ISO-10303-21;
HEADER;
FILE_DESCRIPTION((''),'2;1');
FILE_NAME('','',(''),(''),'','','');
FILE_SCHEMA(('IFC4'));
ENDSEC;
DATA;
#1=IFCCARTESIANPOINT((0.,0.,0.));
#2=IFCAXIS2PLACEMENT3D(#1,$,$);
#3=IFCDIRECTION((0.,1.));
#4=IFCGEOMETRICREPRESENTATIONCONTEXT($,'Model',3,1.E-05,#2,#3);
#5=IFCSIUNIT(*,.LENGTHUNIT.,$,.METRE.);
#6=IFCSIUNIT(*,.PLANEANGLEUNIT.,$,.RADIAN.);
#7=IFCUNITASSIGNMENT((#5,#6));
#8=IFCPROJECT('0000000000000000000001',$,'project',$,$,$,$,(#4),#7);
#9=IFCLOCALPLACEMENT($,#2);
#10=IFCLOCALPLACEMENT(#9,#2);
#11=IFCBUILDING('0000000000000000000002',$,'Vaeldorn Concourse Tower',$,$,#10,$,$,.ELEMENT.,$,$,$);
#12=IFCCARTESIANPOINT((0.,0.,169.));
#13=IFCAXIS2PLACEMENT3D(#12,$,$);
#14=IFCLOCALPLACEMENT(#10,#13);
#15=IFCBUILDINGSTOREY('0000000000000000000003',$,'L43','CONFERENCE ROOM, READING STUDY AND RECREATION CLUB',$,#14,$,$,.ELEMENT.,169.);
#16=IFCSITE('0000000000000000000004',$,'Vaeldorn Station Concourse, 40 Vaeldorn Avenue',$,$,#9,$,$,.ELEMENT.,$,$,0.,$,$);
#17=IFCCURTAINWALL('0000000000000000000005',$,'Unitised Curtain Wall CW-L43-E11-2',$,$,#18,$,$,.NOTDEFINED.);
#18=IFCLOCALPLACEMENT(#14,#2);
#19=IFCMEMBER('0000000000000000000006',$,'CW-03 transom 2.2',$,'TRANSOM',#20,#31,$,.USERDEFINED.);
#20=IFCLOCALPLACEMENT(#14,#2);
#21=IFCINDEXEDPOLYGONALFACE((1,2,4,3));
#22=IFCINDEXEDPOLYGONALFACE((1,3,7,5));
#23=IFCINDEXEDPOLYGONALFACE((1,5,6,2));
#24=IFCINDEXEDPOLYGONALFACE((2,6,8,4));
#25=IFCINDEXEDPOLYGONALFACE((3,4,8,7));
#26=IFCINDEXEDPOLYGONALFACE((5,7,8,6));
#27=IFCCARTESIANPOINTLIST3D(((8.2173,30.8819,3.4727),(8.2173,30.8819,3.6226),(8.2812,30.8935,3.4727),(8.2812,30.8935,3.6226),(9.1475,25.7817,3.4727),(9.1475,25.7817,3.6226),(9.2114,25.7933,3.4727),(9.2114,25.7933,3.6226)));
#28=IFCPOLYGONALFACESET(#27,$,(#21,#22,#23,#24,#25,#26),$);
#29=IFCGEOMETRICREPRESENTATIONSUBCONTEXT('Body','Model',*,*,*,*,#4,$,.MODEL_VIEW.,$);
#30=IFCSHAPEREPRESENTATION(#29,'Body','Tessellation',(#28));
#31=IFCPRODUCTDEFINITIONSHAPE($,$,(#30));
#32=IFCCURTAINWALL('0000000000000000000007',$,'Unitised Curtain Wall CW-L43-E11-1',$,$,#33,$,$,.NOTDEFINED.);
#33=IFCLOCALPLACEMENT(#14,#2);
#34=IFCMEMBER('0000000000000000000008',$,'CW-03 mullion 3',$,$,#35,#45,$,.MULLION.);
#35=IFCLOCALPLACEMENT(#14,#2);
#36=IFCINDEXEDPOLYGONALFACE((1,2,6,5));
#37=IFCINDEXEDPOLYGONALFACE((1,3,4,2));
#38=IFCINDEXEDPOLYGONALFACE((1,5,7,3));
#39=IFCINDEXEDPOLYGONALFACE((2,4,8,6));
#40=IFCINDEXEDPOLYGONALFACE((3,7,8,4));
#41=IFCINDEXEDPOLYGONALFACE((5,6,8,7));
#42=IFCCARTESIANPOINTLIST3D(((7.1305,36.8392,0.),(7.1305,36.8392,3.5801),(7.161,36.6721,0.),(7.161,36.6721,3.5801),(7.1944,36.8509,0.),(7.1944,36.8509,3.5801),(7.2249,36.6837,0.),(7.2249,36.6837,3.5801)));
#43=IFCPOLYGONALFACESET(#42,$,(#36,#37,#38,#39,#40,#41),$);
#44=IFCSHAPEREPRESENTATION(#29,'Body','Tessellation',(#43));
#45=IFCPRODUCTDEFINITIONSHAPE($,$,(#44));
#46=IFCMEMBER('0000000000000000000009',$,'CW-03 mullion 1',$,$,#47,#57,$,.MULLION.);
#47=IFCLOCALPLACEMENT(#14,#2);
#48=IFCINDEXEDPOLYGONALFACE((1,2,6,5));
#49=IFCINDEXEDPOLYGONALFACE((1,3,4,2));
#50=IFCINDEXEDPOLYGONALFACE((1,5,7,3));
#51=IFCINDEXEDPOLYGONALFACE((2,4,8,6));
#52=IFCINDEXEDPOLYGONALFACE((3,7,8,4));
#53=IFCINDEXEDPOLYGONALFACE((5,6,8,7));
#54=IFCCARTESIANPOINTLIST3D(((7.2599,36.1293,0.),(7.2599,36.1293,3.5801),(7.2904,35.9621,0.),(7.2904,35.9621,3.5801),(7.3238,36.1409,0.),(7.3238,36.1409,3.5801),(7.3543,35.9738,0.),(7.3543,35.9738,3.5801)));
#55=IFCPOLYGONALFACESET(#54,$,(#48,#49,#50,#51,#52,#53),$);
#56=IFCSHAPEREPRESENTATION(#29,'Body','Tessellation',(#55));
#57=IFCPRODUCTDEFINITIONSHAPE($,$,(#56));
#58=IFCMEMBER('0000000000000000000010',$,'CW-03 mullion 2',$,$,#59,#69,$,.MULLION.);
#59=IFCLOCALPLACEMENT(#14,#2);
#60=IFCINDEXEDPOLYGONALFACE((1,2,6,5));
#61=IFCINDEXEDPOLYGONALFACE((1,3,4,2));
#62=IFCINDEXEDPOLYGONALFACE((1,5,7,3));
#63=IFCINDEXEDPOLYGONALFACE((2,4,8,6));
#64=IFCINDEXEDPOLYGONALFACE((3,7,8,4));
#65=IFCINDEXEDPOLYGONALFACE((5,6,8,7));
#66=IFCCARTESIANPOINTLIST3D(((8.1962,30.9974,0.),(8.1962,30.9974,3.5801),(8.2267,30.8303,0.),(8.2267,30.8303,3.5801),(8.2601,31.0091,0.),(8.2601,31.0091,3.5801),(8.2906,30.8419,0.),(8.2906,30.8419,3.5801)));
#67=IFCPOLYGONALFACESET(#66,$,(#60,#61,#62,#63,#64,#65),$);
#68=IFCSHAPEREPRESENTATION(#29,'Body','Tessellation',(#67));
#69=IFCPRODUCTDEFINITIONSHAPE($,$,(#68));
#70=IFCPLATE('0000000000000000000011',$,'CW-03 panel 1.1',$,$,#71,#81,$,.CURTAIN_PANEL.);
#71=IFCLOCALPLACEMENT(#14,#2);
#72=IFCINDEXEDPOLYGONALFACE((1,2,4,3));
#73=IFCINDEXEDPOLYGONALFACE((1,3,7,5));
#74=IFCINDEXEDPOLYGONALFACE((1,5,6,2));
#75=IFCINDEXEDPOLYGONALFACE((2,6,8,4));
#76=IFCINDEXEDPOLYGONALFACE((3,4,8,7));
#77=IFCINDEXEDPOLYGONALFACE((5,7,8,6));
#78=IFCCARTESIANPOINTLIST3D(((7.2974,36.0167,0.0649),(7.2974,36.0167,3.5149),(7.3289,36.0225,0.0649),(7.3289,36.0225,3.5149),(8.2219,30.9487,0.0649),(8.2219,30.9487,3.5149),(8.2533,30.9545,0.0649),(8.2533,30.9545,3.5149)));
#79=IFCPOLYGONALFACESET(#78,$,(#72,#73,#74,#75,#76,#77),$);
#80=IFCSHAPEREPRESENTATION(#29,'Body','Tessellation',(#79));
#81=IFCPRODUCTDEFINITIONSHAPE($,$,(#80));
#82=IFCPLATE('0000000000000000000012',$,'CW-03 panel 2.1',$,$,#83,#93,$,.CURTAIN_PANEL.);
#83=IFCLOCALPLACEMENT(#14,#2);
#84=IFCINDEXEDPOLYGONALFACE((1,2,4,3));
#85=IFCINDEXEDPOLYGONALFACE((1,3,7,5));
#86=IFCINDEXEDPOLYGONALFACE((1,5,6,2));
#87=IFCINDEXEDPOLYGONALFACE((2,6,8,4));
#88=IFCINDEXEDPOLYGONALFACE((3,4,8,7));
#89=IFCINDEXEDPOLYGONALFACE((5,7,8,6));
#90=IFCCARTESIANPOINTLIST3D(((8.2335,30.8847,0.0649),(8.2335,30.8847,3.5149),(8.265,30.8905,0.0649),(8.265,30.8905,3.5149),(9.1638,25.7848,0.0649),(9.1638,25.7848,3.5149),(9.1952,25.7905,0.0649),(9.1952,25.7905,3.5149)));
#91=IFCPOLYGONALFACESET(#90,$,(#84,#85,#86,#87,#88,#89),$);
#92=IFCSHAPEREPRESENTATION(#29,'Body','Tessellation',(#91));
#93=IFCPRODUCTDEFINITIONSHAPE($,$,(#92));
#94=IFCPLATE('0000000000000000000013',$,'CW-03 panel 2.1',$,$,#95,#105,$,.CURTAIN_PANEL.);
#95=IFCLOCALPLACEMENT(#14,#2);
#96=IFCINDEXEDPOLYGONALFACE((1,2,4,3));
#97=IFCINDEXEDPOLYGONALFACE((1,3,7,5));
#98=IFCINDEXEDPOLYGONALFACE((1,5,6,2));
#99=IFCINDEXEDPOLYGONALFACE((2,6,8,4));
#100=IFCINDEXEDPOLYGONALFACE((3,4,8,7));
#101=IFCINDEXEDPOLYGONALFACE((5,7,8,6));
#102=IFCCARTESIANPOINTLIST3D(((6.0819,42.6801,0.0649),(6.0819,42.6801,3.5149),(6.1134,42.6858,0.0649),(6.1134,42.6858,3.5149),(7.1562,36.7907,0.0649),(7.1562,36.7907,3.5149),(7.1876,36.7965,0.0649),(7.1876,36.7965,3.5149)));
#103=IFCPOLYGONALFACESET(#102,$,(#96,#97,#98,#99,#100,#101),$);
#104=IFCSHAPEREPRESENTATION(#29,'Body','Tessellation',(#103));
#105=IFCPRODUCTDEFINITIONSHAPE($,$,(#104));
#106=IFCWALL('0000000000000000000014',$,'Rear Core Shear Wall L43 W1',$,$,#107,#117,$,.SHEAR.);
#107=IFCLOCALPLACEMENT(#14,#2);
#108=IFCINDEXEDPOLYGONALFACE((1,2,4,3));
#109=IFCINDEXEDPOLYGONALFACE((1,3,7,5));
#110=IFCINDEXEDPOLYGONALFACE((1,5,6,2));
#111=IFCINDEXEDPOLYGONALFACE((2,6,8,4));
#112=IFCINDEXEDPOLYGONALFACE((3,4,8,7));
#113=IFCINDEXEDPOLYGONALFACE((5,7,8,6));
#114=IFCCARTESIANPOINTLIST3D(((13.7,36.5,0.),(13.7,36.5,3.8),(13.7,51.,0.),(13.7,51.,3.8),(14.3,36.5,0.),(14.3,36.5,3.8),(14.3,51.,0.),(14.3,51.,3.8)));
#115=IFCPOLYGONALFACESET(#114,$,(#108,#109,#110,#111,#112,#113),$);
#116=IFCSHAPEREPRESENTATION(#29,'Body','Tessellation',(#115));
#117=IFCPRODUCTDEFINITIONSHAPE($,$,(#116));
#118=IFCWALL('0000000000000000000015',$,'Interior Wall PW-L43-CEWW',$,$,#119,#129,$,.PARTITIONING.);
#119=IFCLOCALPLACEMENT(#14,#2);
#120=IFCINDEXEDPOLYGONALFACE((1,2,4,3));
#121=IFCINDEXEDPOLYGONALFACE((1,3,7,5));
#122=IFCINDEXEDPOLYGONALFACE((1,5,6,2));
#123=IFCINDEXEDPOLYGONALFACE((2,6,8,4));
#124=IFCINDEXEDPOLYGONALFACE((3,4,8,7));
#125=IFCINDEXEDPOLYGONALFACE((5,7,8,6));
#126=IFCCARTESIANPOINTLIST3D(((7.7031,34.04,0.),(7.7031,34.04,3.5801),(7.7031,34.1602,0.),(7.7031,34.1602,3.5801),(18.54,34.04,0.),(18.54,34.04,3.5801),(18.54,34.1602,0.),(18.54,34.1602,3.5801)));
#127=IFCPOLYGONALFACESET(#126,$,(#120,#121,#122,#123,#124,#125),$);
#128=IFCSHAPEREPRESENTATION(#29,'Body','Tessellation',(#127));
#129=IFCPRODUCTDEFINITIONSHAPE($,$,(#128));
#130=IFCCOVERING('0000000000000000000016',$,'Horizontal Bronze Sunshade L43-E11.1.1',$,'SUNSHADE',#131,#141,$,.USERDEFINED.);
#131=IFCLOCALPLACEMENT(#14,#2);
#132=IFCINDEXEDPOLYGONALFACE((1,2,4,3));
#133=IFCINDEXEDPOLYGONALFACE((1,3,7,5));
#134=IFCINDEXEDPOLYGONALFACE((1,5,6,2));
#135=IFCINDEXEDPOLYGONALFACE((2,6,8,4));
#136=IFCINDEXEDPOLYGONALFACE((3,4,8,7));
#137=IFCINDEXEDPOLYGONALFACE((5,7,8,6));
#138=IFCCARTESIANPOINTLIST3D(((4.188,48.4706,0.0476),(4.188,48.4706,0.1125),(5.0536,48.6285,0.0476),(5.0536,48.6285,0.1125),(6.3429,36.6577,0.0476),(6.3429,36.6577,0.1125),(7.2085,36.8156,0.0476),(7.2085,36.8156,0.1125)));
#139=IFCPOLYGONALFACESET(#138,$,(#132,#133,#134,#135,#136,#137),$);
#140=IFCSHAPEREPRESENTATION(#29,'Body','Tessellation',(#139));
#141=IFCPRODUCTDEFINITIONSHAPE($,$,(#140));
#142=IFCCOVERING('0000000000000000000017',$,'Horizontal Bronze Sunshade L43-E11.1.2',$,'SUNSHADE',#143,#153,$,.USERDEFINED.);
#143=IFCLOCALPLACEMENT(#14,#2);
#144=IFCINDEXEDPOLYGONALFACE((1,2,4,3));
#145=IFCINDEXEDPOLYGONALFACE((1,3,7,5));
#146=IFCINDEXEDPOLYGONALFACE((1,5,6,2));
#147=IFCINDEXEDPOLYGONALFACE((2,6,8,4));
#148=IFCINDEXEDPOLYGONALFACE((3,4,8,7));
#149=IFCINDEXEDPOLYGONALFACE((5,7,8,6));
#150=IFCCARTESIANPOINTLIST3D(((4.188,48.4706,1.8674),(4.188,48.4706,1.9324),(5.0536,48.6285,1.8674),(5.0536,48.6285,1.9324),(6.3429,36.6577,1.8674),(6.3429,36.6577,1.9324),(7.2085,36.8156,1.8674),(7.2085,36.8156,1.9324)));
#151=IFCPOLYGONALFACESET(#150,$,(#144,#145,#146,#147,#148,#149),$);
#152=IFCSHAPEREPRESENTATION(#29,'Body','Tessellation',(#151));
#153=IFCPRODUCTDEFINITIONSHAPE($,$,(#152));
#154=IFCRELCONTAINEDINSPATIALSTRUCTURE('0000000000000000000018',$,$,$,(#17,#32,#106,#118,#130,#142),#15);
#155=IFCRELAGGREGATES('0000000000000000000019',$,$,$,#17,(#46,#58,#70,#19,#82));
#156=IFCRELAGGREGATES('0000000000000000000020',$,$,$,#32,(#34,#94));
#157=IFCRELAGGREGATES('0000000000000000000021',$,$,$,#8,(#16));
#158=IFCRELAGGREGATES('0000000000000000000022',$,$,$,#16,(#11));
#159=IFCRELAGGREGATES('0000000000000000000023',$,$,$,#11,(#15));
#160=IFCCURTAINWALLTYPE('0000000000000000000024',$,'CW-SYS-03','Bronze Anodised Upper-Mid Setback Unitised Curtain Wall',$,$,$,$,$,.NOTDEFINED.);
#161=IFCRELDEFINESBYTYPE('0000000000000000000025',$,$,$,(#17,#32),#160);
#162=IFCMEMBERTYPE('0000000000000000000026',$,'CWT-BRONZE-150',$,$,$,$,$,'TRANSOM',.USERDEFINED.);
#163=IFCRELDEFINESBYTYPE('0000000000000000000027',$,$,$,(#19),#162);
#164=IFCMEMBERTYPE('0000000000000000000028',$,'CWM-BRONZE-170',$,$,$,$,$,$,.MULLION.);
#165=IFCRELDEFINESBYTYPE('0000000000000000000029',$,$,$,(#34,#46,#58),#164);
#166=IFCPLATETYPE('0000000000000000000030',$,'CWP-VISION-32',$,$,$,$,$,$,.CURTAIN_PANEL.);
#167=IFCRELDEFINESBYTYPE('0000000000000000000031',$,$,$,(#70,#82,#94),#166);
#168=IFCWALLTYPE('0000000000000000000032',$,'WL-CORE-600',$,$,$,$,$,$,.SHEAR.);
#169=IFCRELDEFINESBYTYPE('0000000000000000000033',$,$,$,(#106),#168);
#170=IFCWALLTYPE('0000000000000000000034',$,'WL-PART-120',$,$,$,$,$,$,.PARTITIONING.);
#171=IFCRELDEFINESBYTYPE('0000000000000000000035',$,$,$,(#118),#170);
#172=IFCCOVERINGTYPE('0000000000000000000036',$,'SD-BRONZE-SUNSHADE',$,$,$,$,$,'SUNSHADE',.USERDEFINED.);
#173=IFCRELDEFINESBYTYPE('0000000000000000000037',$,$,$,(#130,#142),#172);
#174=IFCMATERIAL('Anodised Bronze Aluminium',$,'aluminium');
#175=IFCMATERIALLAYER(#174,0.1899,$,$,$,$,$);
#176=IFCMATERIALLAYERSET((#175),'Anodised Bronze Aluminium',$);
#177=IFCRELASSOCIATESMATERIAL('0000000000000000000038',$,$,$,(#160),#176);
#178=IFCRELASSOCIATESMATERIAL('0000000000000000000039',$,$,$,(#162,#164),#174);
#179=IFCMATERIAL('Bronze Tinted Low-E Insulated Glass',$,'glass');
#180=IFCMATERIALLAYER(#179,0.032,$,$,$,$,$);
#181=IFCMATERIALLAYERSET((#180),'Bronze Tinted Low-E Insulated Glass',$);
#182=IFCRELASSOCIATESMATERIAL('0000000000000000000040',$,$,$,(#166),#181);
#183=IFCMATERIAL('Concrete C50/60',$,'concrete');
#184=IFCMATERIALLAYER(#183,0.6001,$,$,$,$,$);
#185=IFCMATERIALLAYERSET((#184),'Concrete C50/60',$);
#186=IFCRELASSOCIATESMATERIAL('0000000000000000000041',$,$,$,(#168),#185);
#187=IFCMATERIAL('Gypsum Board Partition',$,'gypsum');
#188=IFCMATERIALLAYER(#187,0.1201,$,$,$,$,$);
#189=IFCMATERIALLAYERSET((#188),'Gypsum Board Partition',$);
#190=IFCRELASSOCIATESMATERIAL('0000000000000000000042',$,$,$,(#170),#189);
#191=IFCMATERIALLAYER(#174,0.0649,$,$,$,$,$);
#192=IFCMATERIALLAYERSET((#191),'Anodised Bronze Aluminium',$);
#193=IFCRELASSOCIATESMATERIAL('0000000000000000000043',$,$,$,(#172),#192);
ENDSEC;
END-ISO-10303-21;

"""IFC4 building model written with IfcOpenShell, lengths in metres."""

from ifc_helpers import new_model, si_unit, direction, frame, frame_2d, origin, origin_2d, place, context, subcontext, project, spatial, rectangle, extrude, source, transform, mapped, material, layer, layer_set, material_profile, profile_set, type_object, element, aggregate, save


model = new_model("IFC4")

# Units and contexts
model_context = context("Model", 3, precision=1e-05, world=origin(), true_north=direction((0.0, 1.0)))
body_context = subcontext(model_context, "Body", "Model", "MODEL_VIEW")
ifc_project = project(units=[si_unit("LENGTHUNIT", "METRE"), si_unit("PLANEANGLEUNIT", "RADIAN")], contexts=[model_context])

# Site, building, storey
site_placement = place(None, origin())
site = spatial("IfcSite", under=ifc_project, at=site_placement, Name="Vaeldorn Station Concourse, 40 Vaeldorn Avenue", CompositionType="ELEMENT", RefElevation=0.0)
building_placement = place(site_placement, origin())
building = spatial("IfcBuilding", under=site, at=building_placement, Name="Vaeldorn Concourse Tower", CompositionType="ELEMENT")
storey_placement = place(building_placement, frame((0.0, 0.0, 169.0)))
storey = spatial("IfcBuildingStorey", under=building, at=storey_placement, Name="L43", Description="CONFERENCE ROOM, READING STUDY AND RECREATION CLUB", CompositionType="ELEMENT", Elevation=169.0)

# Shared definitions
ifc_material_1 = material(Name="Concrete C50/60", Category="concrete")

# Curtain wall, member
ifc_material_2 = material(Name="Anodised Bronze Aluminium", Category="aluminium")
ifc_layer_1 = layer(ifc_material_2, 0.1899)
ifc_layer_set_1 = layer_set([ifc_layer_1], Name="Anodised Bronze Aluminium")
curtain_wall_type = type_object("IfcCurtainWallType", Name="CW-SYS-03", Description="Bronze Anodised Upper-Mid Setback Unitised Curtain Wall", PredefinedType="NOTDEFINED", material=ifc_layer_set_1)
curtain_wall_1_placement = place(storey_placement, origin())
curtain_wall_1 = element("IfcCurtainWall", 1, at=curtain_wall_1_placement, inside=storey, type_object=curtain_wall_type, Name="Unitised Curtain Wall CW-L43-E11-2", PredefinedType="NOTDEFINED")
ifc_material_profile_1 = material_profile(ifc_material_2, rectangle(XDim=0.0649, YDim=0.1499, at=origin_2d()), Name="CWT 65x150")
ifc_profile_set_1 = profile_set([ifc_material_profile_1], Name="Anodised Bronze Aluminium")
member_type_1 = type_object("IfcMemberType", Name="CWT-BRONZE-150", ElementType="TRANSOM", PredefinedType="USERDEFINED", material=ifc_profile_set_1)
shared_shape_1 = source(origin(), body_context, "Body", "SweptSolid", [
    extrude(rectangle(XDim=0.0649, YDim=0.1499, at=origin_2d()), origin(), (0.0, 0.0, 1.0), 5.1843),
])
member_1_placement = place(storey_placement, frame((8.2493, 30.8877, 3.5476), z_axis=(0.179424, -0.983772, 0.0), x_axis=(0.983772, 0.179424, 0.0)))
member_1 = element("IfcMember", 2, at=member_1_placement, type_object=member_type_1, Name="CW-03 transom 2.2", ObjectType="TRANSOM", PredefinedType="USERDEFINED", context=body_context, shape_type="MappedRepresentation", body=[
    mapped(shared_shape_1, transform((0.0, 0.0, 0.0), scale=1.0)),
])

# Curtain wall, member
curtain_wall_2_placement = place(storey_placement, origin())
curtain_wall_2 = element("IfcCurtainWall", 3, at=curtain_wall_2_placement, inside=storey, type_object=curtain_wall_type, Name="Unitised Curtain Wall CW-L43-E11-1", PredefinedType="NOTDEFINED")
ifc_material_profile_2 = material_profile(ifc_material_2, rectangle(XDim=0.0649, YDim=0.1699, at=origin_2d()), Name="CWM 65x170")
ifc_profile_set_2 = profile_set([ifc_material_profile_2], Name="Anodised Bronze Aluminium")
member_type_2 = type_object("IfcMemberType", Name="CWM-BRONZE-170", PredefinedType="MULLION", material=ifc_profile_set_2)
shared_shape_2 = source(origin(), body_context, "Body", "SweptSolid", [
    extrude(rectangle(XDim=0.0649, YDim=0.1699, at=origin_2d()), origin(), (0.0, 0.0, 1.0), 3.5801),
])
member_2_placement = place(storey_placement, frame((7.1777, 36.7615, 0.0), z_axis=(0.0, 0.0, 1.0), x_axis=(0.983768, 0.179447, 0.0)))
member_2 = element("IfcMember", 4, at=member_2_placement, type_object=member_type_2, Name="CW-03 mullion 3", PredefinedType="MULLION", context=body_context, shape_type="MappedRepresentation", body=[
    mapped(shared_shape_2, transform((0.0, 0.0, 0.0), scale=1.0)),
])

# Members
member_3_placement = place(storey_placement, frame((7.3071, 36.0515, 0.0), z_axis=(0.0, 0.0, 1.0), x_axis=(0.983768, 0.179446, 0.0)))
member_3 = element("IfcMember", 5, at=member_3_placement, type_object=member_type_2, Name="CW-03 mullion 1", PredefinedType="MULLION", context=body_context, shape_type="MappedRepresentation", body=[
    mapped(shared_shape_2, transform((0.0, 0.0, 0.0), scale=1.0)),
])
member_4_placement = place(storey_placement, frame((8.2434, 30.9197, 0.0), z_axis=(0.0, 0.0, 1.0), x_axis=(0.983768, 0.179446, 0.0)))
member_4 = element("IfcMember", 6, at=member_4_placement, type_object=member_type_2, Name="CW-03 mullion 2", PredefinedType="MULLION", context=body_context, shape_type="MappedRepresentation", body=[
    mapped(shared_shape_2, transform((0.0, 0.0, 0.0), scale=1.0)),
])

# Plates
ifc_material_3 = material(Name="Bronze Tinted Low-E Insulated Glass", Category="glass")
ifc_layer_2 = layer(ifc_material_3, 0.032)
ifc_layer_set_2 = layer_set([ifc_layer_2], Name="Bronze Tinted Low-E Insulated Glass")
plate_type = type_object("IfcPlateType", Name="CWP-VISION-32", PredefinedType="CURTAIN_PANEL", material=ifc_layer_set_2)
shared_shape_3 = source(origin(), body_context, "Body", "SweptSolid", [
    extrude(rectangle(XDim=5.1516, YDim=0.032, at=origin_2d()), origin(), (0.0, 0.0, 1.0), 3.45),
])
plate_1_placement = place(storey_placement, frame((7.7754, 33.4856, 0.0649), z_axis=(0.0, 0.0, 1.0), x_axis=(0.179446, -0.983768, 0.0)))
plate_1 = element("IfcPlate", 7, at=plate_1_placement, type_object=plate_type, Name="CW-03 panel 1.1", PredefinedType="CURTAIN_PANEL", context=body_context, shape_type="MappedRepresentation", body=[
    mapped(shared_shape_3, transform((0.0, 0.0, 0.0), scale=1.0)),
])
shared_shape_4 = source(origin(), body_context, "Body", "SweptSolid", [
    extrude(rectangle(XDim=5.1841, YDim=0.032, at=origin_2d()), origin(), (0.0, 0.0, 1.0), 3.45),
])
plate_2_placement = place(storey_placement, frame((8.7144, 28.3376, 0.0649), z_axis=(0.0, 0.0, 1.0), x_axis=(0.179446, -0.983768, 0.0)))
plate_2 = element("IfcPlate", 8, at=plate_2_placement, type_object=plate_type, Name="CW-03 panel 2.1", PredefinedType="CURTAIN_PANEL", context=body_context, shape_type="MappedRepresentation", body=[
    mapped(shared_shape_4, transform((0.0, 0.0, 0.0), scale=1.0)),
])
aggregate(curtain_wall_1, [member_3, member_4, plate_1, member_1, plate_2])
shared_shape_5 = source(origin(), body_context, "Body", "SweptSolid", [
    extrude(rectangle(XDim=5.9866, YDim=0.032, at=origin_2d()), origin(), (0.0, 0.0, 1.0), 3.45),
])
plate_3_placement = place(storey_placement, frame((6.6348, 39.7383, 0.0649), z_axis=(0.0, 0.0, 1.0), x_axis=(0.179447, -0.983768, 0.0)))
plate_3 = element("IfcPlate", 9, at=plate_3_placement, type_object=plate_type, Name="CW-03 panel 2.1", PredefinedType="CURTAIN_PANEL", context=body_context, shape_type="MappedRepresentation", body=[
    mapped(shared_shape_5, transform((0.0, 0.0, 0.0), scale=1.0)),
])
aggregate(curtain_wall_2, [member_2, plate_3])

# Walls
ifc_layer_3 = layer(ifc_material_1, 0.6001)
ifc_layer_set_3 = layer_set([ifc_layer_3], Name="Concrete C50/60")
wall_type_1 = type_object("IfcWallType", Name="WL-CORE-600", PredefinedType="SHEAR", material=ifc_layer_set_3)
wall_1_placement = place(storey_placement, frame((14.0, 36.5, 0.0), z_axis=(0.0, 0.0, 1.0), x_axis=(0.0, 1.0, 0.0)))
element("IfcWall", 10, at=wall_1_placement, inside=storey, type_object=wall_type_1, Name="Rear Core Shear Wall L43 W1", PredefinedType="SHEAR", context=body_context, shape_type="SweptSolid", body=[
    extrude(rectangle(XDim=14.5, YDim=0.6001, at=frame_2d((7.25, 0.0))), origin(), (0.0, 0.0, 1.0), 3.8),
])
ifc_material_4 = material(Name="Gypsum Board Partition", Category="gypsum")
ifc_layer_4 = layer(ifc_material_4, 0.1201)
ifc_layer_set_4 = layer_set([ifc_layer_4], Name="Gypsum Board Partition")
wall_type_2 = type_object("IfcWallType", Name="WL-PART-120", PredefinedType="PARTITIONING", material=ifc_layer_set_4)
wall_2_placement = place(storey_placement, frame((7.7031, 34.1001, 0.0), z_axis=(0.0, 0.0, 1.0), x_axis=(1.0, 0.0, 0.0)))
element("IfcWall", 11, at=wall_2_placement, inside=storey, type_object=wall_type_2, Name="Interior Wall PW-L43-CEWW", PredefinedType="PARTITIONING", context=body_context, shape_type="SweptSolid", body=[
    extrude(rectangle(XDim=10.8369, YDim=0.1201, at=frame_2d((5.4185, 0.0))), origin(), (0.0, 0.0, 1.0), 3.5801),
])

# Coverings
ifc_layer_5 = layer(ifc_material_2, 0.0649)
ifc_layer_set_5 = layer_set([ifc_layer_5], Name="Anodised Bronze Aluminium")
covering_type = type_object("IfcCoveringType", Name="SD-BRONZE-SUNSHADE", ElementType="SUNSHADE", PredefinedType="USERDEFINED", material=ifc_layer_set_5)
shared_shape_6 = source(origin(), body_context, "Body", "SweptSolid", [
    extrude(rectangle(XDim=12.0078, YDim=0.8799, at=origin_2d()), origin(), (0.0, 0.0, 1.0), 0.0649),
])
for number, where, z_axis, x_axis, name in (
    (12, (5.6982, 42.6431, 0.0476), (0.0, 0.0, 1.0), (0.179455, -0.983766, 0.0), "Horizontal Bronze Sunshade L43-E11.1.1"),
    (13, (5.6982, 42.6431, 1.8674), (0.0, 0.0, 1.0), (0.179455, -0.983766, 0.0), "Horizontal Bronze Sunshade L43-E11.1.2"),
):
    element("IfcCovering", number, at=place(storey_placement, frame(where, z_axis=z_axis, x_axis=x_axis)), inside=storey, type_object=covering_type, Name=name, ObjectType="SUNSHADE", PredefinedType="USERDEFINED", context=body_context, shape_type="MappedRepresentation", body=[
        mapped(shared_shape_6, transform((0.0, 0.0, 0.0), scale=1.0)),
    ])

save(model, "model.ifc")
